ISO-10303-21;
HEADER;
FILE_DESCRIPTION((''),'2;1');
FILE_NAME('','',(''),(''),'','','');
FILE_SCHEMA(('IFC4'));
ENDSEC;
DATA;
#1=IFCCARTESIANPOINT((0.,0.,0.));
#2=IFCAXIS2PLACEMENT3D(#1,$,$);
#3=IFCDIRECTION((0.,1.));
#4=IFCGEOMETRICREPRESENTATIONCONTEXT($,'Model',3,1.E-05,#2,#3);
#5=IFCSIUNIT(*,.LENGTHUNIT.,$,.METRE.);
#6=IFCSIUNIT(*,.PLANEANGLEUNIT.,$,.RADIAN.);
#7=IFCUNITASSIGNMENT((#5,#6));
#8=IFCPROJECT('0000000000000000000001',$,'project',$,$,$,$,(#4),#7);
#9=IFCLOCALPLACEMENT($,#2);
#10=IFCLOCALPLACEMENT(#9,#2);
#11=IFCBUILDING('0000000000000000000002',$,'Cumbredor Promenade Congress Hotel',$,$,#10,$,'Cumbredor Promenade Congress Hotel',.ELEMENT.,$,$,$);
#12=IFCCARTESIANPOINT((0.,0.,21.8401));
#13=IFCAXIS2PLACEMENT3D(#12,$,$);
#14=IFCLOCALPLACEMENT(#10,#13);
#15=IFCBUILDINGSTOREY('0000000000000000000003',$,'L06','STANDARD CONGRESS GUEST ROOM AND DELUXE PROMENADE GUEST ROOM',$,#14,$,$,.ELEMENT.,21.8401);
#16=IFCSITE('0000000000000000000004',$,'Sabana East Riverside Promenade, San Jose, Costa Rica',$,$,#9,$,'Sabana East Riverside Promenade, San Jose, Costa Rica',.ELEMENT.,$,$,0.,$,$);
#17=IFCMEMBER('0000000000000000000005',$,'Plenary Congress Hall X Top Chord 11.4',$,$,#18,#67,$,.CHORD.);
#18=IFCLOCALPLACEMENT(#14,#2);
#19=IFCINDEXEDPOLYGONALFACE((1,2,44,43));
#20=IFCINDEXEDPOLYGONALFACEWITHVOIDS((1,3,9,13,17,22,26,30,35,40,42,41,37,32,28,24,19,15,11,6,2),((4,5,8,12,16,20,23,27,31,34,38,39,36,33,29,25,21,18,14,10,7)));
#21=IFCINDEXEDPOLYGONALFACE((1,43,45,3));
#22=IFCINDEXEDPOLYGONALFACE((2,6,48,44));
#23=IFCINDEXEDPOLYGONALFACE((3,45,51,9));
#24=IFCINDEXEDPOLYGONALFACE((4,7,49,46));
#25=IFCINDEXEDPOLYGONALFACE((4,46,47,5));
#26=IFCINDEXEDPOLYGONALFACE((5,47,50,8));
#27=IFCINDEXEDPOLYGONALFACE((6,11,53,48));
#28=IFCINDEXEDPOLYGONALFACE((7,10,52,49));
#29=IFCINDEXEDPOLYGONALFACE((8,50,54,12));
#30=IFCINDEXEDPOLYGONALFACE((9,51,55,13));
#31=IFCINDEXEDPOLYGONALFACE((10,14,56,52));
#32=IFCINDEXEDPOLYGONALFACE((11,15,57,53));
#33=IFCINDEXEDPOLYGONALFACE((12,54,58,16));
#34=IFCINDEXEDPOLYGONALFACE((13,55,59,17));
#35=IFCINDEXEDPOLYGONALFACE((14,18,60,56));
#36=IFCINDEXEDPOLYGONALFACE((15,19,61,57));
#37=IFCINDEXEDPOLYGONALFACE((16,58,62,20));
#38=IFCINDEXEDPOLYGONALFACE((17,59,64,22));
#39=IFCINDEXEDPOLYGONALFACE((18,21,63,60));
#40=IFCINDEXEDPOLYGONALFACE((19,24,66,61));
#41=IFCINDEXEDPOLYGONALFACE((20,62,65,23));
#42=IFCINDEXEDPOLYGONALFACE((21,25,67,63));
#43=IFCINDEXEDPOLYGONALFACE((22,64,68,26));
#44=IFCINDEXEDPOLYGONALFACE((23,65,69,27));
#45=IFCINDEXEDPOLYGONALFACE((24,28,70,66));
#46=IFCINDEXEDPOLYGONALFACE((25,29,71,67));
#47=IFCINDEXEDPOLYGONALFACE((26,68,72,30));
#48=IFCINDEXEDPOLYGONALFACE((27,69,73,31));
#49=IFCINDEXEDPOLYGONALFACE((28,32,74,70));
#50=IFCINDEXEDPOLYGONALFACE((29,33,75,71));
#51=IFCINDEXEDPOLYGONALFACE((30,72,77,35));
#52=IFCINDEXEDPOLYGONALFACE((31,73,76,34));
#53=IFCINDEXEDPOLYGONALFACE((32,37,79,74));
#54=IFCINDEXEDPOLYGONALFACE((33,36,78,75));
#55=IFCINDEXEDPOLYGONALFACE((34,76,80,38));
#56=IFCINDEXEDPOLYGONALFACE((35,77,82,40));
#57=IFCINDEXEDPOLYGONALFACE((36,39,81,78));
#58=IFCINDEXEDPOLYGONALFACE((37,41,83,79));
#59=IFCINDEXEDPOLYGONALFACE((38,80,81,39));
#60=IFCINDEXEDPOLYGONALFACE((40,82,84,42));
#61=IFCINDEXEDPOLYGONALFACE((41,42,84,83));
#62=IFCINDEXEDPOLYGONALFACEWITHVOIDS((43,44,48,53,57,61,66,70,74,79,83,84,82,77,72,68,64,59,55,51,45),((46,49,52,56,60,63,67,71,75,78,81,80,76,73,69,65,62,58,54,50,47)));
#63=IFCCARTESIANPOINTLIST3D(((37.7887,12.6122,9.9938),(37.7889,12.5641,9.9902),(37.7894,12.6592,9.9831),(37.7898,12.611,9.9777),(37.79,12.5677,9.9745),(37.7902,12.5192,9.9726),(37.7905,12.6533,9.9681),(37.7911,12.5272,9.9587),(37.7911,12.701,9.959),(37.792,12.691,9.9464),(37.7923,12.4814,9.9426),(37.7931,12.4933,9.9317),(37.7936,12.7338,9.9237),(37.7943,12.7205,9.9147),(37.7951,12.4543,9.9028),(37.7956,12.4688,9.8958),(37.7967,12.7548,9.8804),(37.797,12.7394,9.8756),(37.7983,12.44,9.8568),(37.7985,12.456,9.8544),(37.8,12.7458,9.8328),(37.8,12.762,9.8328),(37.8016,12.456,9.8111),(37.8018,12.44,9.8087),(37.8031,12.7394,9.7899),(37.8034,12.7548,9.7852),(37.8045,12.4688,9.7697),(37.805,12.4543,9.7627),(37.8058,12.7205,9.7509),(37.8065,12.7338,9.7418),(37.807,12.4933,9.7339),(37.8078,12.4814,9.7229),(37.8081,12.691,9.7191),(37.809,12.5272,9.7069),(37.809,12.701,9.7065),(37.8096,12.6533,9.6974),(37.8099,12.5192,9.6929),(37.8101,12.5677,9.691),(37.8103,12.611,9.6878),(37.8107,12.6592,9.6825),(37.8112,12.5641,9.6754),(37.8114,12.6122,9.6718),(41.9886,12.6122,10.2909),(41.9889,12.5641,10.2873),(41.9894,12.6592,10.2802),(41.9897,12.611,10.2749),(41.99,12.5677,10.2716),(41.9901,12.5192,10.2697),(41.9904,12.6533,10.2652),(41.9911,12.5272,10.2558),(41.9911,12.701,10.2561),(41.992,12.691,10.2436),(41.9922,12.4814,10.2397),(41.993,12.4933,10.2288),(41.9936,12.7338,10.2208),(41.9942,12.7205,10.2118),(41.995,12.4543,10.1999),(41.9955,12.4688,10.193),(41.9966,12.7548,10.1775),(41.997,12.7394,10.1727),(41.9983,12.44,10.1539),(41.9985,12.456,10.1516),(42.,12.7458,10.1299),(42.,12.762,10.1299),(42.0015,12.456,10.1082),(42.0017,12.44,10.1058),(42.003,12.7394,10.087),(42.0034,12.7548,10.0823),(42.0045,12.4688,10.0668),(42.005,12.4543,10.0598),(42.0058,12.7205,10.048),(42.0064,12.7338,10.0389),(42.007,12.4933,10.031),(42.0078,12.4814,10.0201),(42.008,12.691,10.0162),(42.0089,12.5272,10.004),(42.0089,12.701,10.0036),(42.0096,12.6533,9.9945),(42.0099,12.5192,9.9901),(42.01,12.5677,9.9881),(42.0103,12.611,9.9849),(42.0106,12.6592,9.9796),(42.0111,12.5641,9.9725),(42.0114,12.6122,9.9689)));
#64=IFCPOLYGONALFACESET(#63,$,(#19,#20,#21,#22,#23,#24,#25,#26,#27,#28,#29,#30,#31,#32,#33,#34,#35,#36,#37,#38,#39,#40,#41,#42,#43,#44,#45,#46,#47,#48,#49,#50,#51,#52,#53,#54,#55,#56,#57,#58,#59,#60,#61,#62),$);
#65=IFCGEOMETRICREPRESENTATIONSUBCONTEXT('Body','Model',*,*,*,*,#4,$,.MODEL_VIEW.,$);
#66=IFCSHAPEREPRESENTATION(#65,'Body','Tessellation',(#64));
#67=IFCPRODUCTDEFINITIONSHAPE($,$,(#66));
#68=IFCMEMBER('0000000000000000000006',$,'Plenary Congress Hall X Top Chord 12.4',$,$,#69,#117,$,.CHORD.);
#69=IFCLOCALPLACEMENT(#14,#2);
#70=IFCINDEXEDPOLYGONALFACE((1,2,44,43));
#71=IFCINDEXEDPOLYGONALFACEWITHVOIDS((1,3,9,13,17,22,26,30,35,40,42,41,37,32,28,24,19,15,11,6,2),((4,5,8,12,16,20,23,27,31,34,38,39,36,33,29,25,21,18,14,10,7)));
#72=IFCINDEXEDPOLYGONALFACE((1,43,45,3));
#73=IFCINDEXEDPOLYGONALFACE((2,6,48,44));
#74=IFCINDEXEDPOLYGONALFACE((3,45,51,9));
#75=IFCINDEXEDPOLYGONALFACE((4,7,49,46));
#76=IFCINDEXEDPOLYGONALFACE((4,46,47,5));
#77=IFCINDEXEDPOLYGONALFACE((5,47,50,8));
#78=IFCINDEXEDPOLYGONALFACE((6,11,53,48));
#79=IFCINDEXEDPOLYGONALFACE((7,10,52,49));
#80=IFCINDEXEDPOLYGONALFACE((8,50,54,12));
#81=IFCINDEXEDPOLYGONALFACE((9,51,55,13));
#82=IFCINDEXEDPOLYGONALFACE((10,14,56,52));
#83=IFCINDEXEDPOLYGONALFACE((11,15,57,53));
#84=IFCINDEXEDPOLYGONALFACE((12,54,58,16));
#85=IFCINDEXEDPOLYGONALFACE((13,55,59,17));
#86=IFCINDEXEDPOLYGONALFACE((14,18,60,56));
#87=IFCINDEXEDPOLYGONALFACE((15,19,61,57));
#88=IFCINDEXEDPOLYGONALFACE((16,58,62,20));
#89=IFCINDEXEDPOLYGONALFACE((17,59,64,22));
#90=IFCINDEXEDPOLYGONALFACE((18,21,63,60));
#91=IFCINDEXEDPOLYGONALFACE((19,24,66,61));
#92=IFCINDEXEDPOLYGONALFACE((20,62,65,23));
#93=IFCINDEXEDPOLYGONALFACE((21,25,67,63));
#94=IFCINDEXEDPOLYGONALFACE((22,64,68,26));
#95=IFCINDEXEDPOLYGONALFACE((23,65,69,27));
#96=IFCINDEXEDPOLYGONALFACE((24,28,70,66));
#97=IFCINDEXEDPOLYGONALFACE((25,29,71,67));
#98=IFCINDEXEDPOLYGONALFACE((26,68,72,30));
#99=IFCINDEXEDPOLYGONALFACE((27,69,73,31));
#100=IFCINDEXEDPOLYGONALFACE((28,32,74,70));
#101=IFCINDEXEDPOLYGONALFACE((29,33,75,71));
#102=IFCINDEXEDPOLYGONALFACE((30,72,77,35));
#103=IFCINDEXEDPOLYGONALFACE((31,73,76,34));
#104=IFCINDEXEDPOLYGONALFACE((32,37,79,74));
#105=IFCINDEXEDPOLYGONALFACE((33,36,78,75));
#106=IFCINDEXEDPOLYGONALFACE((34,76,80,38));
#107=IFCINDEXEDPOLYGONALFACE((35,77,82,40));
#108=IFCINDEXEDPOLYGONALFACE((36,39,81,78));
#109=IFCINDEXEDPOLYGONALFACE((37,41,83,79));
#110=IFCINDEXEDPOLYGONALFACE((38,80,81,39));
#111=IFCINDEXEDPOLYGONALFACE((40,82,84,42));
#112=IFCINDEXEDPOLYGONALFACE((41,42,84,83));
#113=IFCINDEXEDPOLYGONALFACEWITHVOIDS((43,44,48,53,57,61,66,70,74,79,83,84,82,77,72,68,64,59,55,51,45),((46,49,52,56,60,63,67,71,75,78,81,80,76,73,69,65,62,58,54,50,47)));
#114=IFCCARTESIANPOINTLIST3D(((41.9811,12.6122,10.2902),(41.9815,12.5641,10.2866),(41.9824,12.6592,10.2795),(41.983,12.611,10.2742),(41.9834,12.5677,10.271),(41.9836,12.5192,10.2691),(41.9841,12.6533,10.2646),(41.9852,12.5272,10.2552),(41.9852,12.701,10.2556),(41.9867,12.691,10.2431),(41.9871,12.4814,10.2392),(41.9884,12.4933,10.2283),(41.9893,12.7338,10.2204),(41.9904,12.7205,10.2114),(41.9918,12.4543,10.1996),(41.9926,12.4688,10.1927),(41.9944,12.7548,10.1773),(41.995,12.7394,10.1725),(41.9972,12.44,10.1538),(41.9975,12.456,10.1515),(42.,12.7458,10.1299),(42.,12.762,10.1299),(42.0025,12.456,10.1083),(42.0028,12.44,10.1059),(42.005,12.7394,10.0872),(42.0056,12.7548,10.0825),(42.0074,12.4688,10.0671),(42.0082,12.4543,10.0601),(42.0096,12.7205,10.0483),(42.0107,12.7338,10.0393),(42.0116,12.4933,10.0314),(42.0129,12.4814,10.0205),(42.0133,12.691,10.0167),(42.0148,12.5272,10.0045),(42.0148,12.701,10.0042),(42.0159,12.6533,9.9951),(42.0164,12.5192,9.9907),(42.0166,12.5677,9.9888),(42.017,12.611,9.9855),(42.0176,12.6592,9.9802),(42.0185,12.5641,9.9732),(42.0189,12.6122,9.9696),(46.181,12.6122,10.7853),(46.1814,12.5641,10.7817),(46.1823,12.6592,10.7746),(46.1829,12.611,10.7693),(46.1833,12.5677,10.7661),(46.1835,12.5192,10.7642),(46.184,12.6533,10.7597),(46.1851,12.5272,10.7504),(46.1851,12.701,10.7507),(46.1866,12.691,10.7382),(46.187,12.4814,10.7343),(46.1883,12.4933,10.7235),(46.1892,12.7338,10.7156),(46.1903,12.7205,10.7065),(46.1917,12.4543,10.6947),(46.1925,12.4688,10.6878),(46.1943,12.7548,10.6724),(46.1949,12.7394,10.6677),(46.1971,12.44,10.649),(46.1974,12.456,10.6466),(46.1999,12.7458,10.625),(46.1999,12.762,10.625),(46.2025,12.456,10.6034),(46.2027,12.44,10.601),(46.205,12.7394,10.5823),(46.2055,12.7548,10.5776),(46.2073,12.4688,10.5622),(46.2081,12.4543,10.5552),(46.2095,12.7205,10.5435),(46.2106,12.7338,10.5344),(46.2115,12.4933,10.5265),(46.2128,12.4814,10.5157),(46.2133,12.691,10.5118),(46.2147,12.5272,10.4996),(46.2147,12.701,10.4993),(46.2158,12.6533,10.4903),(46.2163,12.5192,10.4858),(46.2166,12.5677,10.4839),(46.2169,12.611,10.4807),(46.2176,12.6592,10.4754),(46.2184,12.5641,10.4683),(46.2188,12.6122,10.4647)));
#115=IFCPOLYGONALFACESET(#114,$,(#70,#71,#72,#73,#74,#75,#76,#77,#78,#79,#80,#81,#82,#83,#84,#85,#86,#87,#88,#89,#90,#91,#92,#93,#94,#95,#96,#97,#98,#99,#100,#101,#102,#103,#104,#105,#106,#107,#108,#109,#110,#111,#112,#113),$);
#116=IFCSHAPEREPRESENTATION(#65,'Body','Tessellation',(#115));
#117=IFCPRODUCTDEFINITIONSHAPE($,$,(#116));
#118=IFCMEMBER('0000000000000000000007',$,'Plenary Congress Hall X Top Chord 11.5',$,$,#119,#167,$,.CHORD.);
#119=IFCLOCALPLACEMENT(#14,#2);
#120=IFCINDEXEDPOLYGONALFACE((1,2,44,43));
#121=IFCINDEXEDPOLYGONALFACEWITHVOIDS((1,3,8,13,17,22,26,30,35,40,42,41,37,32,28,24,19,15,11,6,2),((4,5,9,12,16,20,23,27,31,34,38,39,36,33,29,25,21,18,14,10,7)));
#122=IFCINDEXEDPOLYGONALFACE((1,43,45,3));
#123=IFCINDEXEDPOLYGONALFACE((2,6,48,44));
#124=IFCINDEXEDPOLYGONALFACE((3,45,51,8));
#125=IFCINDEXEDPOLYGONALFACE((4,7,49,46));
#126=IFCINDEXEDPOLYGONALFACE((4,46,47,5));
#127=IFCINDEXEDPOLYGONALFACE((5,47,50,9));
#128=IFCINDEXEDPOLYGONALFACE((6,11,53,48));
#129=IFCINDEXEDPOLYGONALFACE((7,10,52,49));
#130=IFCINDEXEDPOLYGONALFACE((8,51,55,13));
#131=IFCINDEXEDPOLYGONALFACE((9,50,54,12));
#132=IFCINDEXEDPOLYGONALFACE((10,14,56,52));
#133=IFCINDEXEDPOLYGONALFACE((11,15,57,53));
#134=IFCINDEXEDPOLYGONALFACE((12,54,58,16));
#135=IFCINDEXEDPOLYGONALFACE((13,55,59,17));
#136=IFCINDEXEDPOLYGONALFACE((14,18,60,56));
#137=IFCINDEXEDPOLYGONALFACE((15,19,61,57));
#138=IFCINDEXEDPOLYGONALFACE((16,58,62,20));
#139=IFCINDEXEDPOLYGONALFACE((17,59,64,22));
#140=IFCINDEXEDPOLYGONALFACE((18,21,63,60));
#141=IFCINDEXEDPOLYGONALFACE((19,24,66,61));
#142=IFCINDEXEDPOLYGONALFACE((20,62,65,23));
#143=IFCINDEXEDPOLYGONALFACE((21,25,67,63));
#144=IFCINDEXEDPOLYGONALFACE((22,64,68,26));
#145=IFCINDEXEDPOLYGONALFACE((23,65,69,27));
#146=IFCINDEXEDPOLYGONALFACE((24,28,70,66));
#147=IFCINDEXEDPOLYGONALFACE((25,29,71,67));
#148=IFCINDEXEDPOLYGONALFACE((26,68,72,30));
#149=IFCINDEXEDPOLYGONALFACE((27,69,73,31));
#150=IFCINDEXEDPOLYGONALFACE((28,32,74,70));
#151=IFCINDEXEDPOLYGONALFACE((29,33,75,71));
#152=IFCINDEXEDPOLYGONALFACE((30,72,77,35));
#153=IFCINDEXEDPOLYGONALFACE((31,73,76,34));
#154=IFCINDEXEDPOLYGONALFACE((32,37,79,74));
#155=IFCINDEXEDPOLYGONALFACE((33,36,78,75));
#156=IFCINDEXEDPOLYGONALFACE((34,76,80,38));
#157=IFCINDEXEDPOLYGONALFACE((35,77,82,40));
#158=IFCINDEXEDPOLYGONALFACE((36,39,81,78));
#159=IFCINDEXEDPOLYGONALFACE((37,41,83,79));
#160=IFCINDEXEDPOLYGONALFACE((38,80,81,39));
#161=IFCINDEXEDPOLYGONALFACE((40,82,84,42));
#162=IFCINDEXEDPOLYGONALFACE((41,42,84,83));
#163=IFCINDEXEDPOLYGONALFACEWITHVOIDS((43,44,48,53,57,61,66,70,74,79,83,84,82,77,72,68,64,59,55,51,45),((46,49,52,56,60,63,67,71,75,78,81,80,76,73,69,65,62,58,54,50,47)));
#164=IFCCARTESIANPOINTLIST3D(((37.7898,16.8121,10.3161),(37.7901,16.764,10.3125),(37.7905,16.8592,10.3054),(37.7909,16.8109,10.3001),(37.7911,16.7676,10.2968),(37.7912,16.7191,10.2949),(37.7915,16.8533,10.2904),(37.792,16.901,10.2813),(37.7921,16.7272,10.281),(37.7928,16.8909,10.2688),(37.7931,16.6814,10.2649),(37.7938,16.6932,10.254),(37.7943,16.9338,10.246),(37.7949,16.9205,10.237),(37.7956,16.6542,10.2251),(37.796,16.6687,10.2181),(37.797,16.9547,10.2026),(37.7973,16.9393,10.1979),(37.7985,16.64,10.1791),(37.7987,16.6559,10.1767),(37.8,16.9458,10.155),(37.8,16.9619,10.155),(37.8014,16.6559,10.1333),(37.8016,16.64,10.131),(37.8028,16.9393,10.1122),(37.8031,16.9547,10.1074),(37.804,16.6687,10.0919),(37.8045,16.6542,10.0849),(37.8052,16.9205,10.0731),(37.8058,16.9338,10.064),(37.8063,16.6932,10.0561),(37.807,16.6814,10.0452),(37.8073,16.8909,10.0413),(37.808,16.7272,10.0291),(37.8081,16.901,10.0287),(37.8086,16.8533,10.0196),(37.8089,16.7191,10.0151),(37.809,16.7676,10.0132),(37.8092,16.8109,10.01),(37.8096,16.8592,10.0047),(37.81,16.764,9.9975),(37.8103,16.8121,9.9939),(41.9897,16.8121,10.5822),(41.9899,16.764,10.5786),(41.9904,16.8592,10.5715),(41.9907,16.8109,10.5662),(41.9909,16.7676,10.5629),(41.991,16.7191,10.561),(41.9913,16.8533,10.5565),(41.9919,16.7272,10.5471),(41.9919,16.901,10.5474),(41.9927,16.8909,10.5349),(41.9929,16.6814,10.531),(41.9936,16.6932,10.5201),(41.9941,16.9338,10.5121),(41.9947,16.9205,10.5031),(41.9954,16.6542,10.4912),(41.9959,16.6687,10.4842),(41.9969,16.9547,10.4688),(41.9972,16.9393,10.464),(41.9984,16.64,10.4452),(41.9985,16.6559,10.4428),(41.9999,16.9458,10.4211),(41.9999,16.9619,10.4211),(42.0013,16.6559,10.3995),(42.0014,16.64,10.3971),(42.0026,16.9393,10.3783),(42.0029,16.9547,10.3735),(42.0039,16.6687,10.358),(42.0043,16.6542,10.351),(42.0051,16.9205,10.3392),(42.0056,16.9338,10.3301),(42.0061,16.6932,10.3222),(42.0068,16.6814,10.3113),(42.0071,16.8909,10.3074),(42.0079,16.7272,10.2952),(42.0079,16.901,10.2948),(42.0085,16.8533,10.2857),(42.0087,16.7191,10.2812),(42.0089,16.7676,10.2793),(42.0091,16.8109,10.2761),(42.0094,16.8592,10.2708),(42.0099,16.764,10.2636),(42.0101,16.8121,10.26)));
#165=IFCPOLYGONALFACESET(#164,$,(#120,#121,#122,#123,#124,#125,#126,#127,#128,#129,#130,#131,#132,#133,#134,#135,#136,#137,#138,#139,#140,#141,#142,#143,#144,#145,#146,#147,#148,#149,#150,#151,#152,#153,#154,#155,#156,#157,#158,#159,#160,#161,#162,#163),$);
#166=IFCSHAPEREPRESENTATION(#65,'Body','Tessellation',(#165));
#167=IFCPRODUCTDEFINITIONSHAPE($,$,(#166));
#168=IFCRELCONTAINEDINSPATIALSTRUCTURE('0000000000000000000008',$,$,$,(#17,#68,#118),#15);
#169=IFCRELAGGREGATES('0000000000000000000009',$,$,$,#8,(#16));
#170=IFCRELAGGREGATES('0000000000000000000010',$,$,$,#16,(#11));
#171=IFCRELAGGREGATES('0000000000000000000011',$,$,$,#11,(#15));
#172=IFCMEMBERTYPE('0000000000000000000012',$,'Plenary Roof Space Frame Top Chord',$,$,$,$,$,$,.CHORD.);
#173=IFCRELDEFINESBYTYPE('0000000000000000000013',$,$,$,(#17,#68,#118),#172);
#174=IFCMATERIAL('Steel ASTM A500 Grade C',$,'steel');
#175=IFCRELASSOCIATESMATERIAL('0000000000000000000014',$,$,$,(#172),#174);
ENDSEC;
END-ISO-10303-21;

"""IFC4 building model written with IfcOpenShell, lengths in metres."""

from ifc_helpers import new_model, si_unit, direction, frame, origin, origin_2d, place, context, subcontext, project, spatial, hollow_circle, extrude, material, material_profile, profile_set, type_object, element, save


model = new_model("IFC4")

# Units and contexts
model_context = context("Model", 3, precision=1e-05, world=origin(), true_north=direction((0.0, 1.0)))
body_context = subcontext(model_context, "Body", "Model", "MODEL_VIEW")
ifc_project = project(units=[si_unit("LENGTHUNIT", "METRE"), si_unit("PLANEANGLEUNIT", "RADIAN")], contexts=[model_context])

# Site, building, storey
site_placement = place(None, origin())
site = spatial("IfcSite", under=ifc_project, at=site_placement, Name="Sabana East Riverside Promenade, San Jose, Costa Rica", LongName="Sabana East Riverside Promenade, San Jose, Costa Rica", CompositionType="ELEMENT", RefElevation=0.0)
building_placement = place(site_placement, origin())
building = spatial("IfcBuilding", under=site, at=building_placement, Name="Cumbredor Promenade Congress Hotel", LongName="Cumbredor Promenade Congress Hotel", CompositionType="ELEMENT")
storey_placement = place(building_placement, frame((0.0, 0.0, 21.8401)))
storey = spatial("IfcBuildingStorey", under=building, at=storey_placement, Name="L06", Description="STANDARD CONGRESS GUEST ROOM AND DELUXE PROMENADE GUEST ROOM", CompositionType="ELEMENT", Elevation=21.8401)

# Members
ifc_material_1 = material(Name="Steel ASTM A500 Grade C", Category="steel")
ifc_material_profile_1 = material_profile(ifc_material_1, hollow_circle(Radius=0.1619, WallThickness=0.0161, at=origin_2d()), Name="CHS 323.9x16")
ifc_profile_set_1 = profile_set([ifc_material_profile_1], Name="Steel ASTM A500 Grade C")
member_type_1 = type_object("IfcMemberType", Name="Plenary Roof Space Frame Top Chord", PredefinedType="CHORD", material=ifc_profile_set_1)
member_1_placement = place(storey_placement, frame((37.8, 12.6001, 9.8328), z_axis=(0.997507, 0.0, 0.070567), x_axis=(0.0, 1.0, 0.0)))
element("IfcMember", 1, at=member_1_placement, inside=storey, type_object=member_type_1, Name="Plenary Congress Hall X Top Chord 11.4", PredefinedType="CHORD", context=body_context, shape_type="SweptSolid", body=[
    extrude(hollow_circle(Radius=0.1619, WallThickness=0.0161, at=origin_2d()), origin(), (0.0, 0.0, 1.0), 4.2104),
])
member_2_placement = place(storey_placement, frame((42.0, 12.6001, 10.1299), z_axis=(0.993123, 0.0, 0.117076), x_axis=(0.0, 1.0, 0.0)))
element("IfcMember", 2, at=member_2_placement, inside=storey, type_object=member_type_1, Name="Plenary Congress Hall X Top Chord 12.4", PredefinedType="CHORD", context=body_context, shape_type="SweptSolid", body=[
    extrude(hollow_circle(Radius=0.1619, WallThickness=0.0161, at=origin_2d()), origin(), (0.0, 0.0, 1.0), 4.229),
])
member_3_placement = place(storey_placement, frame((37.8, 16.8, 10.155), z_axis=(0.997999, 0.0, 0.063234), x_axis=(0.0, 1.0, 0.0)))
element("IfcMember", 3, at=member_3_placement, inside=storey, type_object=member_type_1, Name="Plenary Congress Hall X Top Chord 11.5", PredefinedType="CHORD", context=body_context, shape_type="SweptSolid", body=[
    extrude(hollow_circle(Radius=0.1619, WallThickness=0.0161, at=origin_2d()), origin(), (0.0, 0.0, 1.0), 4.2083),
])

save(model, "model.ifc")
